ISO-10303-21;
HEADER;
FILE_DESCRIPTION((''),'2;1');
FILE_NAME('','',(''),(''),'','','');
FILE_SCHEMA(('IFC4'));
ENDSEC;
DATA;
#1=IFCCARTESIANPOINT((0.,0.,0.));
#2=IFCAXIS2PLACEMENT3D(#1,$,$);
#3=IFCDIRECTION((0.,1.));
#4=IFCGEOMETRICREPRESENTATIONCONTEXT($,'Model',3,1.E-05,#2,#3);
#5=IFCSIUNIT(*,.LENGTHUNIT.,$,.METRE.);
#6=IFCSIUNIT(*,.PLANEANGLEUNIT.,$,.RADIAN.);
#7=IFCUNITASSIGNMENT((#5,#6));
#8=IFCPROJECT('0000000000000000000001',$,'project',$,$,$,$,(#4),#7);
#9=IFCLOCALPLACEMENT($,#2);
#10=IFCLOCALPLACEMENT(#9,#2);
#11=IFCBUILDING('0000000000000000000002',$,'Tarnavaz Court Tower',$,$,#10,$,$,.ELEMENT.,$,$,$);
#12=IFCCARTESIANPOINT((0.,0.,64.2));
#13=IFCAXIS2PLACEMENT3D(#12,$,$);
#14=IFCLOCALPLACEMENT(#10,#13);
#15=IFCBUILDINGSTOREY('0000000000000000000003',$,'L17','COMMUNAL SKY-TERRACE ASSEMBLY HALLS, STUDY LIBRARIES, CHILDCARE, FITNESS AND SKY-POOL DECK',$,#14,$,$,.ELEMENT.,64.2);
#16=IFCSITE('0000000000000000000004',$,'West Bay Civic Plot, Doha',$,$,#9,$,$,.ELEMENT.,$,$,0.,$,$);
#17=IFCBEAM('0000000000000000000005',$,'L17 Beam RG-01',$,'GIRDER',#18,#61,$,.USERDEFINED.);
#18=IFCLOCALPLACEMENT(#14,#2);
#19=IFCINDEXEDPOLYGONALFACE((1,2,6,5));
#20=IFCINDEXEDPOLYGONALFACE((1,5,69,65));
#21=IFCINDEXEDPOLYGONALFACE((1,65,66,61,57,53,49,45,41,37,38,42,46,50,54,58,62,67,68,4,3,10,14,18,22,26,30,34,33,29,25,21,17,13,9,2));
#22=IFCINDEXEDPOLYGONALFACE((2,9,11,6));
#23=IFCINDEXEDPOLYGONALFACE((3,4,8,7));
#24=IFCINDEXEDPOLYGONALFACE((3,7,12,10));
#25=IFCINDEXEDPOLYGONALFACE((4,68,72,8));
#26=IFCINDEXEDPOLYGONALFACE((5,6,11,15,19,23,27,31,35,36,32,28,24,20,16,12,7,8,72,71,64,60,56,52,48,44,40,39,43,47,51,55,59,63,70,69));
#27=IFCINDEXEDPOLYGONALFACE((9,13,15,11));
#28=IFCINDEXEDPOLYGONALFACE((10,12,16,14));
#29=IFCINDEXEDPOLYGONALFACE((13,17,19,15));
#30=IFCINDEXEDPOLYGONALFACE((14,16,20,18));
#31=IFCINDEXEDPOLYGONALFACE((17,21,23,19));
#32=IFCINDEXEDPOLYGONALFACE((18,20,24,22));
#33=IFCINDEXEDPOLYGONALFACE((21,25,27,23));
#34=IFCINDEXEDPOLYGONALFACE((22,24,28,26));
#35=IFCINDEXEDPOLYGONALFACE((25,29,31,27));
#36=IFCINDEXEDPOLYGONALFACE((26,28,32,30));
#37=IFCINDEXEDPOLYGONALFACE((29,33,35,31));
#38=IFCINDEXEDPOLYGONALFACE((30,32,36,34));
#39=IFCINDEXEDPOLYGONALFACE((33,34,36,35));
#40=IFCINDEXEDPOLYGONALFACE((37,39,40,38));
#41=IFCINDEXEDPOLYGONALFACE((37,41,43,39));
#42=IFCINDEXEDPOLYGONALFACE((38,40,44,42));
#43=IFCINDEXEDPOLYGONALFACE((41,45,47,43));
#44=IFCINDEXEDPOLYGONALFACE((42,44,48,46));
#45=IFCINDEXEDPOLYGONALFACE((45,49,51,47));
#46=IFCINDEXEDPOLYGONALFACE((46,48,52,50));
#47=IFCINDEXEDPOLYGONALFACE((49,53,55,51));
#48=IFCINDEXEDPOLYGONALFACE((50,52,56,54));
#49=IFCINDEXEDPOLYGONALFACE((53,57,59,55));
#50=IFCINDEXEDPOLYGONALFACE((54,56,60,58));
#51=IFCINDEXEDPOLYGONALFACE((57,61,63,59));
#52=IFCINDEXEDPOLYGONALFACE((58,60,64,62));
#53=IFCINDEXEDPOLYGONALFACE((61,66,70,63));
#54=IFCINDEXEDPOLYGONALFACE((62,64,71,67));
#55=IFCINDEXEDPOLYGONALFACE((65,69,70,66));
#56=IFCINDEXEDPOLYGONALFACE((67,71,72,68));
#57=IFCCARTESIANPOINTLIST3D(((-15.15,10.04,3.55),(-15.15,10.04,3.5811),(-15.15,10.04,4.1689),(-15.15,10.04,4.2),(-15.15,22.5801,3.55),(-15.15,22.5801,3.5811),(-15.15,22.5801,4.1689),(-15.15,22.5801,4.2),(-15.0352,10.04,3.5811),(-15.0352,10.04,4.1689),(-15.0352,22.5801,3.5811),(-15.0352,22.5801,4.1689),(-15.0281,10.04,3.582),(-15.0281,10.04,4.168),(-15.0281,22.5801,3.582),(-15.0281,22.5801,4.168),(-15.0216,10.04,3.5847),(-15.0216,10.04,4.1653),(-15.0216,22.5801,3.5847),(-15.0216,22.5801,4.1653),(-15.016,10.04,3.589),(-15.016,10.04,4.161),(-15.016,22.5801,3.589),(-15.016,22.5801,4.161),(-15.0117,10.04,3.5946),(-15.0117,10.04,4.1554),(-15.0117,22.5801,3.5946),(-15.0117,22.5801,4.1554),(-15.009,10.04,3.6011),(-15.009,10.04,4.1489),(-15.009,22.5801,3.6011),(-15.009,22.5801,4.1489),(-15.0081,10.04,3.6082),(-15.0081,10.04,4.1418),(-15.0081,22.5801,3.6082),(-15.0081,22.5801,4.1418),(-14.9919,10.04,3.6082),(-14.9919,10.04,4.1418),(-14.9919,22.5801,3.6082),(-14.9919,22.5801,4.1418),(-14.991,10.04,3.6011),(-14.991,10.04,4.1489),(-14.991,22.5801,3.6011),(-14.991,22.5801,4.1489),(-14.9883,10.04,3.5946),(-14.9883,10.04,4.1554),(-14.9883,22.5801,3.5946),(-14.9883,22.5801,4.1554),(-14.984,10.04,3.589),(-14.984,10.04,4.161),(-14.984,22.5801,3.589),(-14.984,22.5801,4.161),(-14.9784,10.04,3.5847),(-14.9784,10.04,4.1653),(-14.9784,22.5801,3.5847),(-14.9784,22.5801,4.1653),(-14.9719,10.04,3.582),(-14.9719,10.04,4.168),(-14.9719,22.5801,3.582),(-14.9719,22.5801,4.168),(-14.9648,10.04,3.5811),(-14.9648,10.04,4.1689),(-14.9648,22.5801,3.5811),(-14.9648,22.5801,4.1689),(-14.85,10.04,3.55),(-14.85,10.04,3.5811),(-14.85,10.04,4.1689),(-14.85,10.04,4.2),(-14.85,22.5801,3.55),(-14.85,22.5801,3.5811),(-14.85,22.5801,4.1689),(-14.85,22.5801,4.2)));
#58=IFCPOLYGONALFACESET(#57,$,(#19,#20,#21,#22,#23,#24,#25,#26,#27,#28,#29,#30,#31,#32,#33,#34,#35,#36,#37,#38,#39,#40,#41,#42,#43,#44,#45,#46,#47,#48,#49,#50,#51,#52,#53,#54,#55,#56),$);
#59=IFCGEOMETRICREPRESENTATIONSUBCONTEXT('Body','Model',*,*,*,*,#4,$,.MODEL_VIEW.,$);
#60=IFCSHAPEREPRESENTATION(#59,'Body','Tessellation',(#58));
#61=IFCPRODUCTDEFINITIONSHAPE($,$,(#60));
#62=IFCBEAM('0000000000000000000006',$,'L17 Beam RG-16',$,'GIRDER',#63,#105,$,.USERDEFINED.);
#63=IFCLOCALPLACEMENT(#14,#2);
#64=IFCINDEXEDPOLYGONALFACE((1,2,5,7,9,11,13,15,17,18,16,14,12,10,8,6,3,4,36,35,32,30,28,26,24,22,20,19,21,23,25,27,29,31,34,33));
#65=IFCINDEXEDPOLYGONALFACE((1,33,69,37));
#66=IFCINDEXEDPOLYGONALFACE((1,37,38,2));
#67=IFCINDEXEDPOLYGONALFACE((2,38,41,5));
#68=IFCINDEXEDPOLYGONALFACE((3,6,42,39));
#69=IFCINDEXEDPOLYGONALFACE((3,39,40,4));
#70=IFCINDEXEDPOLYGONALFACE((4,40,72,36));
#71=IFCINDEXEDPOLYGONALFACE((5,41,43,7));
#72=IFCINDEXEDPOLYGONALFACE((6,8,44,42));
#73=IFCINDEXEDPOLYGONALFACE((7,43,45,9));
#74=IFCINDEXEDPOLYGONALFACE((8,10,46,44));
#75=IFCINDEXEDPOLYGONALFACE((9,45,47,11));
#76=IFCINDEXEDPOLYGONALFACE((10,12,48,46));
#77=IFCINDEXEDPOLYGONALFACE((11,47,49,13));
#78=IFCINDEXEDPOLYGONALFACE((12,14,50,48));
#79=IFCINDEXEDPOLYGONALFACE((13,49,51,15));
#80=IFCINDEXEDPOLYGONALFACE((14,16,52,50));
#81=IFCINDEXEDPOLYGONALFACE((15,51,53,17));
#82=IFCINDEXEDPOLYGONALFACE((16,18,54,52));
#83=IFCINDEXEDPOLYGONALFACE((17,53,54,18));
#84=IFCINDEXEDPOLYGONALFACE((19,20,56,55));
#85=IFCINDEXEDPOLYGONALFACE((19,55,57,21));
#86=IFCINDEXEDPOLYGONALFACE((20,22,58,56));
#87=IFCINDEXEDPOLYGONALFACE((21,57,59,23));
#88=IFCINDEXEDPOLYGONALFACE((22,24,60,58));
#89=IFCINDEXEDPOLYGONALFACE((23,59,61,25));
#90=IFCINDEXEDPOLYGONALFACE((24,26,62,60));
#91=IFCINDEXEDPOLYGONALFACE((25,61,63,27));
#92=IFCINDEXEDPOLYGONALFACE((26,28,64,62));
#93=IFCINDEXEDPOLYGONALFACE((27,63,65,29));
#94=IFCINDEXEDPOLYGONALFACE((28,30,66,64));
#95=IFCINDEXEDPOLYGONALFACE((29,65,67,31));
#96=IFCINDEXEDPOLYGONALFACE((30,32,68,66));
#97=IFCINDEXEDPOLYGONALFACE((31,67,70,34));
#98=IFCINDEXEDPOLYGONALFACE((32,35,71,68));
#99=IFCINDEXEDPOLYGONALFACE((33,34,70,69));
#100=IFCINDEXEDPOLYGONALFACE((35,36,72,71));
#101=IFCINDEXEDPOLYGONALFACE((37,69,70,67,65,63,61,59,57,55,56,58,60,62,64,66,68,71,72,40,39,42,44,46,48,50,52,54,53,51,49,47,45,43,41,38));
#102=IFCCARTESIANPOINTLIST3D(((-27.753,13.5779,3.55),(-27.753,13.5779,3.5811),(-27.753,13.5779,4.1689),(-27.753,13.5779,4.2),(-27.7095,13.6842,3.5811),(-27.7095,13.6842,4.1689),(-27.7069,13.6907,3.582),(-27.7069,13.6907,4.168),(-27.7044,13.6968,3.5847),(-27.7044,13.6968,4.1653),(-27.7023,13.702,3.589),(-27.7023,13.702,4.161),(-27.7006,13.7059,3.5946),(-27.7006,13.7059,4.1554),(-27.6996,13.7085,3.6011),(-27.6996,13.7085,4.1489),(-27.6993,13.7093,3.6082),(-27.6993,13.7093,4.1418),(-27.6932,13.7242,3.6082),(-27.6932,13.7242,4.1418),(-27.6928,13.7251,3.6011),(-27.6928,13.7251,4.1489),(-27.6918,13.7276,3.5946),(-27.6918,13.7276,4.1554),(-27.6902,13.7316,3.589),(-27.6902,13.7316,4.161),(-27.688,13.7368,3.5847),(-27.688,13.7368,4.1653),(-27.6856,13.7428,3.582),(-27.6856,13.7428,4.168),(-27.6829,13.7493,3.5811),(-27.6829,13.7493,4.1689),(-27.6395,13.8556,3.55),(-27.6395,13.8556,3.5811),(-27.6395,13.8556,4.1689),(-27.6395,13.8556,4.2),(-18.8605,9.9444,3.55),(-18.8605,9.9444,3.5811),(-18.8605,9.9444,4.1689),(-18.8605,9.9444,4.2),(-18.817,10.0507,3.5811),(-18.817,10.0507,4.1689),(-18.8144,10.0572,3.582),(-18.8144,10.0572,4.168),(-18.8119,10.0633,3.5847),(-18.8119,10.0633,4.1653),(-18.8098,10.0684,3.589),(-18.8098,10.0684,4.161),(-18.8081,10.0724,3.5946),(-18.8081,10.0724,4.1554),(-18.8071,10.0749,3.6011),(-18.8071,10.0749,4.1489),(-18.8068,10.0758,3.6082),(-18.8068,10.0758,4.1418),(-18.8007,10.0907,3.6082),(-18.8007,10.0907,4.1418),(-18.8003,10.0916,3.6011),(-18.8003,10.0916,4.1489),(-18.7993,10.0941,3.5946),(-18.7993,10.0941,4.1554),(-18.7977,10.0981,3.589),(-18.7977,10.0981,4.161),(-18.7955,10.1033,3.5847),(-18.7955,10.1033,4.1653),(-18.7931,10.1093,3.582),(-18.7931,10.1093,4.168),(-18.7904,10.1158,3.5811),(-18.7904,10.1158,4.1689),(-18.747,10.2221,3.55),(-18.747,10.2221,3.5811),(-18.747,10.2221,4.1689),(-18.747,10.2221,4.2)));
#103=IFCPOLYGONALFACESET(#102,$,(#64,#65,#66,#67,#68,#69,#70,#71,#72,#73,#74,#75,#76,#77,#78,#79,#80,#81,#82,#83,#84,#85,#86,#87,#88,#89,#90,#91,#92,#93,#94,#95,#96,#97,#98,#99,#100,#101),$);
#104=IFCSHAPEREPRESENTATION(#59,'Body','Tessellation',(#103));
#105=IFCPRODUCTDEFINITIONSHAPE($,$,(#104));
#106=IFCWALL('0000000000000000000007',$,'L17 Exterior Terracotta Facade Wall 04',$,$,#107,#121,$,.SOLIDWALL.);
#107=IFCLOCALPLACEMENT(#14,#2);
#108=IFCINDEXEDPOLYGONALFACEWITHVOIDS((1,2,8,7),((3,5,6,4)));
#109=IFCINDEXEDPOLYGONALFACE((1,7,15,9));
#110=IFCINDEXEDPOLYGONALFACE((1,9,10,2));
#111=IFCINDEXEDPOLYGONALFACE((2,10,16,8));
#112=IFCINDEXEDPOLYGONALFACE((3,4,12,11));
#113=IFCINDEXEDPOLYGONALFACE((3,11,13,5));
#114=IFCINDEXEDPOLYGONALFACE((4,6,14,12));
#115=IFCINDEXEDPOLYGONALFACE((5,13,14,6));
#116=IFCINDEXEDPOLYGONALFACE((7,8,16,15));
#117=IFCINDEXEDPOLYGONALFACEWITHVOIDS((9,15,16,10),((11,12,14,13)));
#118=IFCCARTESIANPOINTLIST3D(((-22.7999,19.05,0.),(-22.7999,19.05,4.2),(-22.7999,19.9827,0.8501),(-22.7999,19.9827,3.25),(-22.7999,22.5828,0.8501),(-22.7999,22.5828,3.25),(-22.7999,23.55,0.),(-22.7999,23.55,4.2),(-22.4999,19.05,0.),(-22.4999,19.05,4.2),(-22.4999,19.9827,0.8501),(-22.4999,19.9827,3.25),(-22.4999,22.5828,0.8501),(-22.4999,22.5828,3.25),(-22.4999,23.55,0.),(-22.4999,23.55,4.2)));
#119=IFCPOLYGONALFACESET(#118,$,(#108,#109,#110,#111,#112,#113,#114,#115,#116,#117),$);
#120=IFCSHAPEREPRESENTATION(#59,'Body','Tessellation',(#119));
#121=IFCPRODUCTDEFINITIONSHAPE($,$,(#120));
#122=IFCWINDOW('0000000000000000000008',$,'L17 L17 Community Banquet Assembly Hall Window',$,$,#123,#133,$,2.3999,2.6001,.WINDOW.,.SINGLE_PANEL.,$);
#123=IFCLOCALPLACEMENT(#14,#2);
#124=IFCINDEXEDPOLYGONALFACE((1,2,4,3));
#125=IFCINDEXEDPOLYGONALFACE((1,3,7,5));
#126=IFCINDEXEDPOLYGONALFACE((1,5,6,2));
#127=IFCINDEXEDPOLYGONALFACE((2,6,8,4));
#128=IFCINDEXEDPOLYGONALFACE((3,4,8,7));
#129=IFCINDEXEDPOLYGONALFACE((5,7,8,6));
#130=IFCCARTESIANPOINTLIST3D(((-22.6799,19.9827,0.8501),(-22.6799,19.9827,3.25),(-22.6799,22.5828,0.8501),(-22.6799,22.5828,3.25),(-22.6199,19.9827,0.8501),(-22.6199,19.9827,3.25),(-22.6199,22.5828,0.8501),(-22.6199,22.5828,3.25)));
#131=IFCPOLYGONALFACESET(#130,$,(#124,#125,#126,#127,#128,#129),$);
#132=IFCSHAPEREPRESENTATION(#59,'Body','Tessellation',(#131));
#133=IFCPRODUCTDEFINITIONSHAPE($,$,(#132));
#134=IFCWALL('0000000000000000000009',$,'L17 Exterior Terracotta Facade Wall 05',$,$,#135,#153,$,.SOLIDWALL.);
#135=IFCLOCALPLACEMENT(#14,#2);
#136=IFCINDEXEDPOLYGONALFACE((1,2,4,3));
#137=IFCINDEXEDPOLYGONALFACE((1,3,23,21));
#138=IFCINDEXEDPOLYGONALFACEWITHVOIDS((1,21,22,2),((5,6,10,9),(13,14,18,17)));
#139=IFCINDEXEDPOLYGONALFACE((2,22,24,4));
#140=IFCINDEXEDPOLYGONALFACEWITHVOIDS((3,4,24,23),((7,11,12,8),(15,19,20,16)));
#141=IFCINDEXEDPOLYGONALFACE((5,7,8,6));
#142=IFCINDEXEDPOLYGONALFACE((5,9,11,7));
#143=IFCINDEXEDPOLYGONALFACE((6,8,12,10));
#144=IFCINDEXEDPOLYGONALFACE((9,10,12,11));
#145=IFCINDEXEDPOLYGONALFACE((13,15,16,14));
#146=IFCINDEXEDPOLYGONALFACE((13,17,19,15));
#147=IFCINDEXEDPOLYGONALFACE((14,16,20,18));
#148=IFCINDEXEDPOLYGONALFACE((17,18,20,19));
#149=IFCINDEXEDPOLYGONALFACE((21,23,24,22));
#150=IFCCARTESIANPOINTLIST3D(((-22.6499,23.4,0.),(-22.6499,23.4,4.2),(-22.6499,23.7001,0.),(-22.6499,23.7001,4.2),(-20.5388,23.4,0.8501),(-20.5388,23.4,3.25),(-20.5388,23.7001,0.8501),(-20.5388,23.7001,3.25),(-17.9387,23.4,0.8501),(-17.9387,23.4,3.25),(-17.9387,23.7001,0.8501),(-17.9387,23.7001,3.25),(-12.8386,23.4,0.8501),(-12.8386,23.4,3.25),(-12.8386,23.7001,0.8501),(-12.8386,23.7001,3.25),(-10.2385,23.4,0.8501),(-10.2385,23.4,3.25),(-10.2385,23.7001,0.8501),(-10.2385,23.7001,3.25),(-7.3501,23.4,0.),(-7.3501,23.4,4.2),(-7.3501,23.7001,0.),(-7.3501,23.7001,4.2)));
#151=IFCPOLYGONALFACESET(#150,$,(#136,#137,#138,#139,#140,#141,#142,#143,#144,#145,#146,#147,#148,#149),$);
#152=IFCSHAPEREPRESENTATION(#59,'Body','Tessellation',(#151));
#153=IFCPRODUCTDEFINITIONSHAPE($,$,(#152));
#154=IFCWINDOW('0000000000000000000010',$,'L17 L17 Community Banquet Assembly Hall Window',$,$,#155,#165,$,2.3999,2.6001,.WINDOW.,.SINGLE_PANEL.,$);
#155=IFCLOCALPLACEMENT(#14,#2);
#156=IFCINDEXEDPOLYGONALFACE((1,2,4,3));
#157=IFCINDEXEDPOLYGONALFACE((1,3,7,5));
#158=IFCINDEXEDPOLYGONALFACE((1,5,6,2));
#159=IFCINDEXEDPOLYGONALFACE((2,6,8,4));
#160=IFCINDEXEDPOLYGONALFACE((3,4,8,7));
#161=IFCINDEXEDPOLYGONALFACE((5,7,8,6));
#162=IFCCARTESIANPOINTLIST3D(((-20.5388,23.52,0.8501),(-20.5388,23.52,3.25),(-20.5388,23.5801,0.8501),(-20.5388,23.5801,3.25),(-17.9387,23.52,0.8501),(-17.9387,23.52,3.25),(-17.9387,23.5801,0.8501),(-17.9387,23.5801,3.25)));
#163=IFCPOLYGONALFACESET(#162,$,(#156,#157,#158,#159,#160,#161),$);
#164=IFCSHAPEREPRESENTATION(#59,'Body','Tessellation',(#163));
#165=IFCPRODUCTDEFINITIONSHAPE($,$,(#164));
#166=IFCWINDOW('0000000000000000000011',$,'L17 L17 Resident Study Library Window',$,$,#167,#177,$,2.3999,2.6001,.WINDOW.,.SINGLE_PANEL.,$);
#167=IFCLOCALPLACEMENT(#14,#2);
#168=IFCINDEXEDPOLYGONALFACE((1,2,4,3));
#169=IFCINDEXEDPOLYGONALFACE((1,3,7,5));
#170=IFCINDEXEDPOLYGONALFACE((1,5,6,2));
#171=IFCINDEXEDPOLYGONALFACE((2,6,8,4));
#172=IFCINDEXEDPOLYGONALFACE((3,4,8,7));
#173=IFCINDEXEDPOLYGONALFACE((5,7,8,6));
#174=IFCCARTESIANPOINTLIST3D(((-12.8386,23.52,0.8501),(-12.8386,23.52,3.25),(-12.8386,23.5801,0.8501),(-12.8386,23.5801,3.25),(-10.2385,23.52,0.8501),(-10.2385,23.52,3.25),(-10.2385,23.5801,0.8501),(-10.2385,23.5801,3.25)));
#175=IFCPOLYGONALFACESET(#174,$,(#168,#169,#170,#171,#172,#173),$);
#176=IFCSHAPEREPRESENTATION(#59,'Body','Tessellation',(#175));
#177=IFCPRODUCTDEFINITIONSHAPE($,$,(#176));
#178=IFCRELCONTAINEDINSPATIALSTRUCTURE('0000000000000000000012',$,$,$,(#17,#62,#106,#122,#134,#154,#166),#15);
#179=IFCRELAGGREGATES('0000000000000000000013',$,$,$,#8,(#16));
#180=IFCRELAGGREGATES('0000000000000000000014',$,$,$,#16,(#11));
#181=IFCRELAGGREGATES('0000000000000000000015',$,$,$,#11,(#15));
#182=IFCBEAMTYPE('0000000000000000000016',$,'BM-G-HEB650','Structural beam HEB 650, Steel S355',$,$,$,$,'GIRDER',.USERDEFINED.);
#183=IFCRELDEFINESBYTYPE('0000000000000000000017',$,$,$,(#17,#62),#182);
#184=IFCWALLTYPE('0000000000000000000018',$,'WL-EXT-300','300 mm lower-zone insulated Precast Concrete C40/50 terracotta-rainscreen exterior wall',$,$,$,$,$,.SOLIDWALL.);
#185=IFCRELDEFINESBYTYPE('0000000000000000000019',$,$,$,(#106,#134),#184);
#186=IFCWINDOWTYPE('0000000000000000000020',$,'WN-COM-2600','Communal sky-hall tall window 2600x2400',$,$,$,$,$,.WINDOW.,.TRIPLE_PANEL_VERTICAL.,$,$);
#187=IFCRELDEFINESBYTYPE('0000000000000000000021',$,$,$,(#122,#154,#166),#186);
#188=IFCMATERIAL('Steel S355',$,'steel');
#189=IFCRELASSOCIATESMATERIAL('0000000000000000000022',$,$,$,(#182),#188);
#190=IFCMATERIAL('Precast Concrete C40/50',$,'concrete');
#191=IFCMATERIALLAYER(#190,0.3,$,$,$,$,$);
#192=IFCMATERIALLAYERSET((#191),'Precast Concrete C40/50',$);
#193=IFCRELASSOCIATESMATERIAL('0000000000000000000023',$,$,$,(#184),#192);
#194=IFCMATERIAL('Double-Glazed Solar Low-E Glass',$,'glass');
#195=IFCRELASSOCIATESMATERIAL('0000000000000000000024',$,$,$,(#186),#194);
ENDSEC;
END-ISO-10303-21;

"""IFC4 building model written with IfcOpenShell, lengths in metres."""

from ifc_helpers import new_model, si_unit, direction, frame, frame_2d, origin, origin_2d, place, context, subcontext, project, spatial, rectangle, i_section, extrude, material, layer, layer_set, material_profile, profile_set, type_object, element, fill, save


model = new_model("IFC4")

# Units and contexts
model_context = context("Model", 3, precision=1e-05, world=origin(), true_north=direction((0.0, 1.0)))
body_context = subcontext(model_context, "Body", "Model", "MODEL_VIEW")
ifc_project = project(units=[si_unit("LENGTHUNIT", "METRE"), si_unit("PLANEANGLEUNIT", "RADIAN")], contexts=[model_context])

# Site, building, storey
site_placement = place(None, origin())
site = spatial("IfcSite", under=ifc_project, at=site_placement, Name="West Bay Civic Plot, Doha", CompositionType="ELEMENT", RefElevation=0.0)
building_placement = place(site_placement, origin())
building = spatial("IfcBuilding", under=site, at=building_placement, Name="Tarnavaz Court Tower", CompositionType="ELEMENT")
storey_placement = place(building_placement, frame((0.0, 0.0, 64.2)))
storey = spatial("IfcBuildingStorey", under=building, at=storey_placement, Name="L17", Description="COMMUNAL SKY-TERRACE ASSEMBLY HALLS, STUDY LIBRARIES, CHILDCARE, FITNESS AND SKY-POOL DECK", CompositionType="ELEMENT", Elevation=64.2)

# Beams
ifc_material_1 = material(Name="Steel S355", Category="steel")
ifc_material_profile = material_profile(ifc_material_1, i_section(OverallWidth=0.3, OverallDepth=0.6499, WebThickness=0.0161, FlangeThickness=0.031, FilletRadius=0.0271, at=origin_2d()), Name="HEB 650")
ifc_profile_set = profile_set([ifc_material_profile], Name="Steel S355")
beam_type = type_object("IfcBeamType", Name="BM-G-HEB650", Description="Structural beam HEB 650, Steel S355", ElementType="GIRDER", PredefinedType="USERDEFINED", material=ifc_profile_set)
beam_1_placement = place(storey_placement, frame((-15.0, 10.04, 3.875), z_axis=(0.0, 1.0, 0.0), x_axis=(-1.0, 0.0, 0.0)))
element("IfcBeam", 1, at=beam_1_placement, inside=storey, type_object=beam_type, Name="L17 Beam RG-01", ObjectType="GIRDER", PredefinedType="USERDEFINED", context=body_context, shape_type="SweptSolid", body=[
    extrude(i_section(OverallWidth=0.3, OverallDepth=0.6499, WebThickness=0.0161, FlangeThickness=0.031, FilletRadius=0.0271, at=origin_2d()), origin(), (0.0, 0.0, 1.0), 12.54),
])
beam_2_placement = place(storey_placement, frame((-18.8037, 10.0833, 3.875), z_axis=(-0.925705, 0.378247, 0.0), x_axis=(-0.378247, -0.925705, 0.0)))
element("IfcBeam", 2, at=beam_2_placement, inside=storey, type_object=beam_type, Name="L17 Beam RG-16", ObjectType="GIRDER", PredefinedType="USERDEFINED", context=body_context, shape_type="SweptSolid", body=[
    extrude(i_section(OverallWidth=0.3, OverallDepth=0.6499, WebThickness=0.0161, FlangeThickness=0.031, FilletRadius=0.0271, at=origin_2d()), origin(), (0.0, 0.0, 1.0), 9.6062),
])

# Wall, opening, window
ifc_material_2 = material(Name="Precast Concrete C40/50", Category="concrete")
ifc_layer_1 = layer(ifc_material_2, 0.3)
ifc_layer_set_1 = layer_set([ifc_layer_1], Name="Precast Concrete C40/50")
wall_type_1 = type_object("IfcWallType", Name="WL-EXT-300", Description="300 mm lower-zone insulated Precast Concrete C40/50 terracotta-rainscreen exterior wall", PredefinedType="SOLIDWALL", material=ifc_layer_set_1)
wall_1_placement = place(storey_placement, frame((-22.6499, 19.05, 0.0), z_axis=(0.0, 0.0, 1.0), x_axis=(0.0, 1.0, 0.0)))
wall_1 = element("IfcWall", 3, at=wall_1_placement, inside=storey, type_object=wall_type_1, Name="L17 Exterior Terracotta Facade Wall 04", PredefinedType="SOLIDWALL", context=body_context, shape_type="SweptSolid", body=[
    extrude(rectangle(XDim=4.5, YDim=0.3, at=frame_2d((2.25, 0.0))), origin(), (0.0, 0.0, 1.0), 4.2),
])
opening_1_placement = place(wall_1_placement, frame((0.9326, 0.0, 0.8501)))
opening_1 = element("IfcOpeningElement", 4, at=opening_1_placement, cuts=wall_1, PredefinedType="OPENING", context=body_context, shape_type="SweptSolid", body=[
    extrude(rectangle(XDim=2.6001, YDim=2.3999, at=frame_2d((1.3, 1.2))), frame((0.0, 0.1599, 0.0), z_axis=(0.0, -1.0, 0.0), x_axis=(1.0, 0.0, 0.0)), (0.0, 0.0, 1.0), 0.3201),
])
ifc_material_3 = material(Name="Double-Glazed Solar Low-E Glass", Category="glass")
window_type = type_object("IfcWindowType", Name="WN-COM-2600", Description="Communal sky-hall tall window 2600x2400", PartitioningType="TRIPLE_PANEL_VERTICAL", PredefinedType="WINDOW", material=ifc_material_3)
window_1_placement = place(opening_1_placement, origin())
window_1 = element("IfcWindow", 5, at=window_1_placement, inside=storey, type_object=window_type, Name="L17 L17 Community Banquet Assembly Hall Window", OverallHeight=2.3999, OverallWidth=2.6001, PartitioningType="SINGLE_PANEL", PredefinedType="WINDOW", context=body_context, shape_type="SweptSolid", body=[
    extrude(rectangle(XDim=2.6001, YDim=2.3999, at=frame_2d((1.3, 1.2))), frame((0.0, 0.03, 0.0), z_axis=(0.0, -1.0, 0.0), x_axis=(1.0, 0.0, 0.0)), (0.0, 0.0, 1.0), 0.0601),
])
fill(opening_1, window_1)

# Wall, openings, windows
wall_2_placement = place(storey_placement, frame((-22.6499, 23.55, 0.0), z_axis=(0.0, 0.0, 1.0), x_axis=(1.0, 0.0, 0.0)))
wall_2 = element("IfcWall", 6, at=wall_2_placement, inside=storey, type_object=wall_type_1, Name="L17 Exterior Terracotta Facade Wall 05", PredefinedType="SOLIDWALL", context=body_context, shape_type="SweptSolid", body=[
    extrude(rectangle(XDim=15.2998, YDim=0.3, at=frame_2d((7.6499, 0.0))), origin(), (0.0, 0.0, 1.0), 4.2),
])
opening_2_placement = place(wall_2_placement, frame((2.1111, 0.0, 0.8501)))
opening_2 = element("IfcOpeningElement", 7, at=opening_2_placement, cuts=wall_2, PredefinedType="OPENING", context=body_context, shape_type="SweptSolid", body=[
    extrude(rectangle(XDim=2.6001, YDim=2.3999, at=frame_2d((1.3, 1.2))), frame((0.0, 0.1599, 0.0), z_axis=(0.0, -1.0, 0.0), x_axis=(1.0, 0.0, 0.0)), (0.0, 0.0, 1.0), 0.3201),
])
opening_3_placement = place(wall_2_placement, frame((9.8113, 0.0, 0.8501)))
opening_3 = element("IfcOpeningElement", 8, at=opening_3_placement, cuts=wall_2, PredefinedType="OPENING", context=body_context, shape_type="SweptSolid", body=[
    extrude(rectangle(XDim=2.6001, YDim=2.3999, at=frame_2d((1.3, 1.2))), frame((0.0, 0.1599, 0.0), z_axis=(0.0, -1.0, 0.0), x_axis=(1.0, 0.0, 0.0)), (0.0, 0.0, 1.0), 0.3201),
])
window_2_placement = place(opening_2_placement, origin())
window_2 = element("IfcWindow", 9, at=window_2_placement, inside=storey, type_object=window_type, Name="L17 L17 Community Banquet Assembly Hall Window", OverallHeight=2.3999, OverallWidth=2.6001, PartitioningType="SINGLE_PANEL", PredefinedType="WINDOW", context=body_context, shape_type="SweptSolid", body=[
    extrude(rectangle(XDim=2.6001, YDim=2.3999, at=frame_2d((1.3, 1.2))), frame((0.0, 0.03, 0.0), z_axis=(0.0, -1.0, 0.0), x_axis=(1.0, 0.0, 0.0)), (0.0, 0.0, 1.0), 0.0601),
])
fill(opening_2, window_2)
window_3_placement = place(opening_3_placement, origin())
window_3 = element("IfcWindow", 10, at=window_3_placement, inside=storey, type_object=window_type, Name="L17 L17 Resident Study Library Window", OverallHeight=2.3999, OverallWidth=2.6001, PartitioningType="SINGLE_PANEL", PredefinedType="WINDOW", context=body_context, shape_type="SweptSolid", body=[
    extrude(rectangle(XDim=2.6001, YDim=2.3999, at=frame_2d((1.3, 1.2))), frame((0.0, 0.03, 0.0), z_axis=(0.0, -1.0, 0.0), x_axis=(1.0, 0.0, 0.0)), (0.0, 0.0, 1.0), 0.0601),
])
fill(opening_3, window_3)

save(model, "model.ifc")
